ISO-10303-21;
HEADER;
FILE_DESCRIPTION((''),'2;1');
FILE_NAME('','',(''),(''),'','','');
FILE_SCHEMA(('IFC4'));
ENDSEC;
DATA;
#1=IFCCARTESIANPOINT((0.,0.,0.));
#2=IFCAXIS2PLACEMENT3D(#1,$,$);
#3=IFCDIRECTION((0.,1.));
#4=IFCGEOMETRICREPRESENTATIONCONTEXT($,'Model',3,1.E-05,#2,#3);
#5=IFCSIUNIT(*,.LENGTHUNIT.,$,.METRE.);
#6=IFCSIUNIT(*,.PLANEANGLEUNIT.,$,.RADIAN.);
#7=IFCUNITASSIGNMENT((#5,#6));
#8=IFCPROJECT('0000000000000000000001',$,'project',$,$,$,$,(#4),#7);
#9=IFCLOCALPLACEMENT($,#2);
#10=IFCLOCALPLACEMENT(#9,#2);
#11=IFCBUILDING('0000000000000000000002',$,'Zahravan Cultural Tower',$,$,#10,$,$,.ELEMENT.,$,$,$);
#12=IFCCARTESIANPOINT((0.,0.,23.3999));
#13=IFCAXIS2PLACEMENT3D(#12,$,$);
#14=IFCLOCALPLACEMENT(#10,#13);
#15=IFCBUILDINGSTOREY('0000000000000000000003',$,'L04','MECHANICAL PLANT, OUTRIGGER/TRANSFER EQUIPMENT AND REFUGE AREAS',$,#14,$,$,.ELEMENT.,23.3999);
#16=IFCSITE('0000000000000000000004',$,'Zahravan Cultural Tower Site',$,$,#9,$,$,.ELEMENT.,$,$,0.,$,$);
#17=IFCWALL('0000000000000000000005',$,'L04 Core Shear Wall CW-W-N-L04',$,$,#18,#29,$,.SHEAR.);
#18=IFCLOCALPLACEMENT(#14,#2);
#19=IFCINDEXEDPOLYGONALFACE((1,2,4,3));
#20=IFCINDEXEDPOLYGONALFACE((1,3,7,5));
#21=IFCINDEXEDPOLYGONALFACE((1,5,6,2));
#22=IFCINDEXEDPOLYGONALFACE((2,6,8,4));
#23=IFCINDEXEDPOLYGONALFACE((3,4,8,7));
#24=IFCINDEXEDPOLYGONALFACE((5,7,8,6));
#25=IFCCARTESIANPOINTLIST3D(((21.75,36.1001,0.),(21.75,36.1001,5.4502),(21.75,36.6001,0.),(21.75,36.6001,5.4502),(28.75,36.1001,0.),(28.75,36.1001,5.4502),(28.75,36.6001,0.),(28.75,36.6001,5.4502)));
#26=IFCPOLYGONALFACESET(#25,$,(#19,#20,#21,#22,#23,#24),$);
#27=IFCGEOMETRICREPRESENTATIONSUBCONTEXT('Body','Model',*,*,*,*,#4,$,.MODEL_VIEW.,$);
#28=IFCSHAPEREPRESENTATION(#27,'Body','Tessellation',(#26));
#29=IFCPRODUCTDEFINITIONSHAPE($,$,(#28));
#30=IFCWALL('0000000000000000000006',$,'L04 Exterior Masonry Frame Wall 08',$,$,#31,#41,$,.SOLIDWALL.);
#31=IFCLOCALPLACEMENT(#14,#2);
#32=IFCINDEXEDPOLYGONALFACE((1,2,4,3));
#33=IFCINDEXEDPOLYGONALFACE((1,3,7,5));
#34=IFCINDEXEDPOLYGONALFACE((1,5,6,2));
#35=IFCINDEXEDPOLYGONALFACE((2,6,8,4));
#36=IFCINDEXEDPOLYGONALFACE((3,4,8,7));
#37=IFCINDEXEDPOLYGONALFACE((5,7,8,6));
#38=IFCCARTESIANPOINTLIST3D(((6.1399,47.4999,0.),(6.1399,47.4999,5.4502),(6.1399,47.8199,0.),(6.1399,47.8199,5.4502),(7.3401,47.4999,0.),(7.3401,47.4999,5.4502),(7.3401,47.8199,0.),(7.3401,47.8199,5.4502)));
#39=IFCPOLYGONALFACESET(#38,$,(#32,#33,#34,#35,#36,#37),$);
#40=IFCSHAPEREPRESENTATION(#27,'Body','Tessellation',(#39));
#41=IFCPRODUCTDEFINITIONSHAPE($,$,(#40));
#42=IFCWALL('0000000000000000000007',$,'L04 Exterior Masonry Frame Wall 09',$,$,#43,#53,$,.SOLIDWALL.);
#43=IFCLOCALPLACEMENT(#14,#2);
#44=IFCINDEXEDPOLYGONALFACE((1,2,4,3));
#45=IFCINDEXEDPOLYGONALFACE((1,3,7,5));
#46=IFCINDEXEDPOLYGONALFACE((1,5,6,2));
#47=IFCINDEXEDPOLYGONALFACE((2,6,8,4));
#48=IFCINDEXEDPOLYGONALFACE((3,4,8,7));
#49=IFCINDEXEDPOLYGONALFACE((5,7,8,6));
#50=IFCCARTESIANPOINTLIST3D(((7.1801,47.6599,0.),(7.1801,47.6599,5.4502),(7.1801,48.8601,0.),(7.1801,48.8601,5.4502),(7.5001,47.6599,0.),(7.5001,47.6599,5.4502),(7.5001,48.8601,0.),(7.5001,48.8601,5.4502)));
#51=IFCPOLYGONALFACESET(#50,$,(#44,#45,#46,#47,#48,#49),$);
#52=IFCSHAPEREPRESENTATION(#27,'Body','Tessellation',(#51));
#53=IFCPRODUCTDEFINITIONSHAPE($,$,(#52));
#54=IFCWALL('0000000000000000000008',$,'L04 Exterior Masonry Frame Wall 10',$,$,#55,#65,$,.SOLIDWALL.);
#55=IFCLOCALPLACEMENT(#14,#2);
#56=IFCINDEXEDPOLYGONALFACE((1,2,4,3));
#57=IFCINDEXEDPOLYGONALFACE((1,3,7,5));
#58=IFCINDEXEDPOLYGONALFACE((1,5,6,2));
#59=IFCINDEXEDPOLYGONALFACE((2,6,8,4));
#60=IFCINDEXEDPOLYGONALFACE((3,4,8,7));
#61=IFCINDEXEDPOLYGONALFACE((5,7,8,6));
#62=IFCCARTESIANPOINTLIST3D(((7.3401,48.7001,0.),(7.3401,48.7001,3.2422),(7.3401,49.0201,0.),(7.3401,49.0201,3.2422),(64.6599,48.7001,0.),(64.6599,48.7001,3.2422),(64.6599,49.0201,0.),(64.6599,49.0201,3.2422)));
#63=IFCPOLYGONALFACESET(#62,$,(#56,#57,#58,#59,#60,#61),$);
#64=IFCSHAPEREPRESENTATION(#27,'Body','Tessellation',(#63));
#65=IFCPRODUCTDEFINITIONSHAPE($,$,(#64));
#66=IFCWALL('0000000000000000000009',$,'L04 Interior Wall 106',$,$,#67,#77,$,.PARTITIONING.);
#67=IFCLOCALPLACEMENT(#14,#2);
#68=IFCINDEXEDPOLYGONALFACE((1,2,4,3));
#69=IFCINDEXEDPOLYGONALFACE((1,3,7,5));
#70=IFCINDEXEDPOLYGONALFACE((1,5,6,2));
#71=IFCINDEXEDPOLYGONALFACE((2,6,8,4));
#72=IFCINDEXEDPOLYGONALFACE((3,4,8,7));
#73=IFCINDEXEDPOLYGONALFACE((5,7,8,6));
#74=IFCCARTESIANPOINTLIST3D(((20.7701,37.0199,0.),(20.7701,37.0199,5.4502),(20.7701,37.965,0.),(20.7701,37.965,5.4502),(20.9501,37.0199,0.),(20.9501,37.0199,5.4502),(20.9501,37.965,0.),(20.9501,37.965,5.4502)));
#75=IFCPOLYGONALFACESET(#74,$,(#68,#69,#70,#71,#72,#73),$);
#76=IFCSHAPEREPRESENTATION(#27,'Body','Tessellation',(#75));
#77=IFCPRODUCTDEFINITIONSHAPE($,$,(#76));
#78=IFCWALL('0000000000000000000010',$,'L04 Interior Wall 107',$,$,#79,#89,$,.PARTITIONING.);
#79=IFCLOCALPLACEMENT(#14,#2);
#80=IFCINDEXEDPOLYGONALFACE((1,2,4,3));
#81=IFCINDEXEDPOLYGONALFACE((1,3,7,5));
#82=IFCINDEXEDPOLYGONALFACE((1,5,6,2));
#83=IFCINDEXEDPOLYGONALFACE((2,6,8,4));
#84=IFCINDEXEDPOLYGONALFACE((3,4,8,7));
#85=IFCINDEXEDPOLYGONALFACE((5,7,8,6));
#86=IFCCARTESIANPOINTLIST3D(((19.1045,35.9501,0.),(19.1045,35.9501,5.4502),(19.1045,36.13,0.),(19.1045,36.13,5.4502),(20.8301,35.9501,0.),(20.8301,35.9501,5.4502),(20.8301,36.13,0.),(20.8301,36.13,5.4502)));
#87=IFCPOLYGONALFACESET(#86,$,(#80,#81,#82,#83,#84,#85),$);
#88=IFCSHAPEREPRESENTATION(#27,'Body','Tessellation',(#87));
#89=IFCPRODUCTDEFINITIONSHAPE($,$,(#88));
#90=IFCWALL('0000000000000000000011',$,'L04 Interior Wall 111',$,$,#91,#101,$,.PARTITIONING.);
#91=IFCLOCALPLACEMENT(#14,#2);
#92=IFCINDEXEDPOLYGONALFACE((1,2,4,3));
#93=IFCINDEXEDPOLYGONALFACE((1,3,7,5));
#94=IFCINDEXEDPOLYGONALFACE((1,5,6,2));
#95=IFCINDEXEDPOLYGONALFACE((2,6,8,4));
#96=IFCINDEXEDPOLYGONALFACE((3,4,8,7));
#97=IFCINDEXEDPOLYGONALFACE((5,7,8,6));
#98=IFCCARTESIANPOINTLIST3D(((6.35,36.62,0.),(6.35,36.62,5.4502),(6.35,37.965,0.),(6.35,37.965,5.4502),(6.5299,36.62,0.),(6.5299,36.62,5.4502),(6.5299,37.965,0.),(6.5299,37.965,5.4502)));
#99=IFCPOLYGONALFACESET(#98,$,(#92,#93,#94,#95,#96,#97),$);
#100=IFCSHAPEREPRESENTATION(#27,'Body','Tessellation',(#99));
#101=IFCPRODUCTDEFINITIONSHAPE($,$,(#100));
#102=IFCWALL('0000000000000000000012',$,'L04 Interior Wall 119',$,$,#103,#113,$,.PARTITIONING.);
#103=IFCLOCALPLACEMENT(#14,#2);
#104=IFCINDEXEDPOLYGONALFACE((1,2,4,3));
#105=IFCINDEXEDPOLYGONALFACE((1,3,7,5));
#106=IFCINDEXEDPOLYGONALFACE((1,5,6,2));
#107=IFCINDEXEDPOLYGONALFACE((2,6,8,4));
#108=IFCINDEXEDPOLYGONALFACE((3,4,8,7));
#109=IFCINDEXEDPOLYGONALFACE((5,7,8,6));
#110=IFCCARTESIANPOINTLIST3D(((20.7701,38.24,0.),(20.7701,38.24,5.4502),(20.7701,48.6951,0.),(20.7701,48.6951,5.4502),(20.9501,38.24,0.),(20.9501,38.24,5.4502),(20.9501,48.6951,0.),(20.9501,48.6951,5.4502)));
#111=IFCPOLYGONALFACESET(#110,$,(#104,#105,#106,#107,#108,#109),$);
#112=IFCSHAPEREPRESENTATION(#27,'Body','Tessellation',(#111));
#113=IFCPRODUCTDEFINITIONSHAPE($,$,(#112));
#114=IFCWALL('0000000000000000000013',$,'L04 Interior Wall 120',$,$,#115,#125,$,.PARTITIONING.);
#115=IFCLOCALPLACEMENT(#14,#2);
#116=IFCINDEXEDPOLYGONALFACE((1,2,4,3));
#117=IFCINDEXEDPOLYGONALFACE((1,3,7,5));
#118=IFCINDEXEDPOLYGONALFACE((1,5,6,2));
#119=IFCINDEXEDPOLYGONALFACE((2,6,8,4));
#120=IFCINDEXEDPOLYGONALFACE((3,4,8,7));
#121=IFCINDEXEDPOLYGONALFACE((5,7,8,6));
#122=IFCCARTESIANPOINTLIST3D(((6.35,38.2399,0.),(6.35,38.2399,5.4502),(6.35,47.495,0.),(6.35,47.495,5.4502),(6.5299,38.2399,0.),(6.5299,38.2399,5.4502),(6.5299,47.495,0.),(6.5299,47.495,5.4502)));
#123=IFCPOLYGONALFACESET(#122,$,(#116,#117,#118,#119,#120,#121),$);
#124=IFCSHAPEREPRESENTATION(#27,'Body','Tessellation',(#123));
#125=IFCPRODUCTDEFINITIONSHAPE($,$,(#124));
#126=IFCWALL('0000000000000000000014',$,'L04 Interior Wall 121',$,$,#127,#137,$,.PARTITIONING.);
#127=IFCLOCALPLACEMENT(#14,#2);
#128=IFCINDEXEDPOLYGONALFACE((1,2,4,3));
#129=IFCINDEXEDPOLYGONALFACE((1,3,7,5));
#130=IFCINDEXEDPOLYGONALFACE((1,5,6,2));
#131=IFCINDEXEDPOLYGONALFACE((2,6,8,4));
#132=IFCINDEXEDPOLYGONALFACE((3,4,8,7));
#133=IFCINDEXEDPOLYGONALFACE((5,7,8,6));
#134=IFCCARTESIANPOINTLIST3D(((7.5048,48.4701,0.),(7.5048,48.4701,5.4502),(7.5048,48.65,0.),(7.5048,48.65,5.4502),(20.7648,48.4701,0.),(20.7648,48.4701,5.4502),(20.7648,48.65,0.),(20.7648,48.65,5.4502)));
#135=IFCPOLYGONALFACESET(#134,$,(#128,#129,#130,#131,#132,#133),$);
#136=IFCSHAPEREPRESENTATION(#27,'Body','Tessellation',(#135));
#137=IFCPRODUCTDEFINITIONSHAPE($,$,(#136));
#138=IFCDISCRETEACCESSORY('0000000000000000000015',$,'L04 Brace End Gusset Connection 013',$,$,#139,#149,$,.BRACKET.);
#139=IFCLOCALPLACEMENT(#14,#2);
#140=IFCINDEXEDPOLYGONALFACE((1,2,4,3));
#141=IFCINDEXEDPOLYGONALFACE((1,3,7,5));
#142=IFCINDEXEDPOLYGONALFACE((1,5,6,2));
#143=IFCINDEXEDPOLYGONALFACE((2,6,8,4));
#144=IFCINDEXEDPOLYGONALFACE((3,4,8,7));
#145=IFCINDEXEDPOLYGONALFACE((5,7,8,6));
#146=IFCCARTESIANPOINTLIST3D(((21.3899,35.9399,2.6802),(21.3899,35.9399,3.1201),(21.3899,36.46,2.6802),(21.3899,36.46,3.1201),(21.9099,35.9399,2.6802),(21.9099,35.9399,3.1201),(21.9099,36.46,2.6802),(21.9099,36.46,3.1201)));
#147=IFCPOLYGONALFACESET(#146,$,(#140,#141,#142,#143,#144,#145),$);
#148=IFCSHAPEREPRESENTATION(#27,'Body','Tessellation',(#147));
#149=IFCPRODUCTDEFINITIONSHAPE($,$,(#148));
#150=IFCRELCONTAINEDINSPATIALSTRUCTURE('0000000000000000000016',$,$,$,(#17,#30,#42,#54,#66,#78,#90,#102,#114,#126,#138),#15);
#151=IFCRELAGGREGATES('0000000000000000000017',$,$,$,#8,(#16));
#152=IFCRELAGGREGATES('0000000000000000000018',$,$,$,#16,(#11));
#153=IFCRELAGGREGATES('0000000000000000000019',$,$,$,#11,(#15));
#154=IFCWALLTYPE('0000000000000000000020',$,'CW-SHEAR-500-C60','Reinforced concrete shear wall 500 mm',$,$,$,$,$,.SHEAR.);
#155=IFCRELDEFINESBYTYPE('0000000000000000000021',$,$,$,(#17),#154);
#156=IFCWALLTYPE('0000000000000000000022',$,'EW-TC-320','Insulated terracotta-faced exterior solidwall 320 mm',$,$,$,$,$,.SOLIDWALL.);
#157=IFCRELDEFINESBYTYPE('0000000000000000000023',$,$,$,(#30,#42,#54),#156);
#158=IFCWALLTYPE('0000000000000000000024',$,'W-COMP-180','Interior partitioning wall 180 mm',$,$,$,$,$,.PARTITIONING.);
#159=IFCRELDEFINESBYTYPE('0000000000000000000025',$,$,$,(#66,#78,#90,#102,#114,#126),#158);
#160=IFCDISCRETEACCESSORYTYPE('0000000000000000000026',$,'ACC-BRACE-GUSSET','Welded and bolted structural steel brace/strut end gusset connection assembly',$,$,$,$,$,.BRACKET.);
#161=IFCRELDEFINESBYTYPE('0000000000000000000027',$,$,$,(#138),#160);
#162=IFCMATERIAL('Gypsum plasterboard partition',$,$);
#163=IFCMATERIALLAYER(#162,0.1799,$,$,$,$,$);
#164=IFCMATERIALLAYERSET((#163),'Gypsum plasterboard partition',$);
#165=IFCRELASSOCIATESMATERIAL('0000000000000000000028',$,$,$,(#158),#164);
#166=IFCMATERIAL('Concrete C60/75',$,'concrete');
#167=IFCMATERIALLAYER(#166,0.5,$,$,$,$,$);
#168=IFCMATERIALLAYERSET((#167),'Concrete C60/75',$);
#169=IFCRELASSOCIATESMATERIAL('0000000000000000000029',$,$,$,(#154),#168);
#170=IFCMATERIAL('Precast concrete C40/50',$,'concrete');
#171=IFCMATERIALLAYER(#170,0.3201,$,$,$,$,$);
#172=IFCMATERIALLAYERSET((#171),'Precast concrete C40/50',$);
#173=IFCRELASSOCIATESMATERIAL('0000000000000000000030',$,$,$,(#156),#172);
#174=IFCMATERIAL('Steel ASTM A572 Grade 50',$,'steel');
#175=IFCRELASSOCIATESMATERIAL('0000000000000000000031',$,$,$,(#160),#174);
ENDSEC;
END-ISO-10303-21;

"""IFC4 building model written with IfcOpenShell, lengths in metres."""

from ifc_helpers import new_model, si_unit, direction, frame, frame_2d, origin, origin_2d, place, context, subcontext, project, spatial, rectangle, extrude, source, transform, mapped, material, layer, layer_set, type_object, element, save


model = new_model("IFC4")

# Units and contexts
model_context = context("Model", 3, precision=1e-05, world=origin(), true_north=direction((0.0, 1.0)))
body_context = subcontext(model_context, "Body", "Model", "MODEL_VIEW")
ifc_project = project(units=[si_unit("LENGTHUNIT", "METRE"), si_unit("PLANEANGLEUNIT", "RADIAN")], contexts=[model_context])

# Site, building, storey
site_placement = place(None, origin())
site = spatial("IfcSite", under=ifc_project, at=site_placement, Name="Zahravan Cultural Tower Site", CompositionType="ELEMENT", RefElevation=0.0)
building_placement = place(site_placement, origin())
building = spatial("IfcBuilding", under=site, at=building_placement, Name="Zahravan Cultural Tower", CompositionType="ELEMENT")
storey_placement = place(building_placement, frame((0.0, 0.0, 23.3999)))
storey = spatial("IfcBuildingStorey", under=building, at=storey_placement, Name="L04", Description="MECHANICAL PLANT, OUTRIGGER/TRANSFER EQUIPMENT AND REFUGE AREAS", CompositionType="ELEMENT", Elevation=23.3999)

# Shared definitions
ifc_material_1 = material(Name="Concrete C60/75", Category="concrete")
ifc_material_2 = material(Name="Steel ASTM A572 Grade 50", Category="steel")

# Shared definitions
ifc_material_3 = material(Name="Gypsum plasterboard partition")
ifc_layer_1 = layer(ifc_material_3, 0.1799)
ifc_layer_set_1 = layer_set([ifc_layer_1], Name="Gypsum plasterboard partition")
wall_type_1 = type_object("IfcWallType", Name="W-COMP-180", Description="Interior partitioning wall 180 mm", PredefinedType="PARTITIONING", material=ifc_layer_set_1)

# Walls
ifc_layer_2 = layer(ifc_material_1, 0.5)
ifc_layer_set_2 = layer_set([ifc_layer_2], Name="Concrete C60/75")
wall_type_2 = type_object("IfcWallType", Name="CW-SHEAR-500-C60", Description="Reinforced concrete shear wall 500 mm", PredefinedType="SHEAR", material=ifc_layer_set_2)
shared_shape_1 = source(origin(), body_context, "Body", "SweptSolid", [
    extrude(rectangle(XDim=7.0, YDim=0.5, at=frame_2d((3.5, 0.0))), origin(), (0.0, 0.0, 1.0), 5.4502),
])
wall_1_placement = place(storey_placement, frame((21.75, 36.3501, 0.0), z_axis=(0.0, 0.0, 1.0), x_axis=(1.0, 0.0, 0.0)))
element("IfcWall", 1, at=wall_1_placement, inside=storey, type_object=wall_type_2, Name="L04 Core Shear Wall CW-W-N-L04", PredefinedType="SHEAR", context=body_context, shape_type="MappedRepresentation", body=[
    mapped(shared_shape_1, transform((0.0, 0.0, 0.0), x_axis=(1.0, 0.0, 0.0), y_axis=(0.0, 1.0, 0.0), z_axis=(0.0, 0.0, 1.0), scale=1.0)),
])
ifc_material_4 = material(Name="Precast concrete C40/50", Category="concrete")
ifc_layer_3 = layer(ifc_material_4, 0.3201)
ifc_layer_set_3 = layer_set([ifc_layer_3], Name="Precast concrete C40/50")
wall_type_3 = type_object("IfcWallType", Name="EW-TC-320", Description="Insulated terracotta-faced exterior solidwall 320 mm", PredefinedType="SOLIDWALL", material=ifc_layer_set_3)
shared_shape_2 = source(origin(), body_context, "Body", "SweptSolid", [
    extrude(rectangle(XDim=1.2002, YDim=0.3201, at=frame_2d((0.6001, 0.0))), origin(), (0.0, 0.0, 1.0), 5.4502),
])
for number, where, z_axis, x_axis, name in (
    (2, (6.1399, 47.6599, 0.0), (0.0, 0.0, 1.0), (1.0, 0.0, 0.0), "L04 Exterior Masonry Frame Wall 08"),
    (3, (7.3401, 47.6599, 0.0), (0.0, 0.0, 1.0), (0.0, 1.0, 0.0), "L04 Exterior Masonry Frame Wall 09"),
):
    element("IfcWall", number, at=place(storey_placement, frame(where, z_axis=z_axis, x_axis=x_axis)), inside=storey, type_object=wall_type_3, Name=name, PredefinedType="SOLIDWALL", context=body_context, shape_type="MappedRepresentation", body=[
        mapped(shared_shape_2, transform((0.0, 0.0, 0.0), x_axis=(1.0, 0.0, 0.0), y_axis=(0.0, 1.0, 0.0), z_axis=(0.0, 0.0, 1.0), scale=1.0)),
    ])
shared_shape_3 = source(origin(), body_context, "Body", "SweptSolid", [
    extrude(rectangle(XDim=57.3198, YDim=0.3201, at=frame_2d((28.6599, 0.0))), origin(), (0.0, 0.0, 1.0), 3.2422),
])
wall_2_placement = place(storey_placement, frame((7.3401, 48.8601, 0.0), z_axis=(0.0, 0.0, 1.0), x_axis=(1.0, 0.0, 0.0)))
element("IfcWall", 4, at=wall_2_placement, inside=storey, type_object=wall_type_3, Name="L04 Exterior Masonry Frame Wall 10", PredefinedType="SOLIDWALL", context=body_context, shape_type="MappedRepresentation", body=[
    mapped(shared_shape_3, transform((0.0, 0.0, 0.0), x_axis=(1.0, 0.0, 0.0), y_axis=(0.0, 1.0, 0.0), z_axis=(0.0, 0.0, 1.0), scale=1.0)),
])
shared_shape_4 = source(origin(), body_context, "Body", "SweptSolid", [
    extrude(rectangle(XDim=0.9451, YDim=0.1799, at=frame_2d((0.4727, 0.0))), origin(), (0.0, 0.0, 1.0), 5.4502),
])
wall_3_placement = place(storey_placement, frame((20.8601, 37.9651, 0.0), z_axis=(0.0, 0.0, 1.0), x_axis=(0.0, -1.0, 0.0)))
element("IfcWall", 5, at=wall_3_placement, inside=storey, type_object=wall_type_1, Name="L04 Interior Wall 106", PredefinedType="PARTITIONING", context=body_context, shape_type="MappedRepresentation", body=[
    mapped(shared_shape_4, transform((0.0, 0.0, 0.0), x_axis=(1.0, 0.0, 0.0), y_axis=(0.0, 1.0, 0.0), z_axis=(0.0, 0.0, 1.0), scale=1.0)),
])
shared_shape_5 = source(origin(), body_context, "Body", "SweptSolid", [
    extrude(rectangle(XDim=1.7256, YDim=0.1799, at=frame_2d((0.8628, 0.0))), origin(), (0.0, 0.0, 1.0), 5.4502),
])
wall_4_placement = place(storey_placement, frame((20.8301, 36.04, 0.0), z_axis=(0.0, 0.0, 1.0), x_axis=(-1.0, 0.0, 0.0)))
element("IfcWall", 6, at=wall_4_placement, inside=storey, type_object=wall_type_1, Name="L04 Interior Wall 107", PredefinedType="PARTITIONING", context=body_context, shape_type="MappedRepresentation", body=[
    mapped(shared_shape_5, transform((0.0, 0.0, 0.0), x_axis=(1.0, 0.0, 0.0), y_axis=(0.0, 1.0, 0.0), z_axis=(0.0, 0.0, 1.0), scale=1.0)),
])
shared_shape_6 = source(origin(), body_context, "Body", "SweptSolid", [
    extrude(rectangle(XDim=1.345, YDim=0.1799, at=frame_2d((0.6724, 0.0))), origin(), (0.0, 0.0, 1.0), 5.4502),
])
wall_5_placement = place(storey_placement, frame((6.4399, 36.6201, 0.0), z_axis=(0.0, 0.0, 1.0), x_axis=(0.0, 1.0, 0.0)))
element("IfcWall", 7, at=wall_5_placement, inside=storey, type_object=wall_type_1, Name="L04 Interior Wall 111", PredefinedType="PARTITIONING", context=body_context, shape_type="MappedRepresentation", body=[
    mapped(shared_shape_6, transform((0.0, 0.0, 0.0), x_axis=(1.0, 0.0, 0.0), y_axis=(0.0, 1.0, 0.0), z_axis=(0.0, 0.0, 1.0), scale=1.0)),
])
shared_shape_7 = source(origin(), body_context, "Body", "SweptSolid", [
    extrude(rectangle(XDim=10.4551, YDim=0.1799, at=frame_2d((5.2275, 0.0))), origin(), (0.0, 0.0, 1.0), 5.4502),
])
wall_6_placement = place(storey_placement, frame((20.8601, 48.6951, 0.0), z_axis=(0.0, 0.0, 1.0), x_axis=(0.0, -1.0, 0.0)))
element("IfcWall", 8, at=wall_6_placement, inside=storey, type_object=wall_type_1, Name="L04 Interior Wall 119", PredefinedType="PARTITIONING", context=body_context, shape_type="MappedRepresentation", body=[
    mapped(shared_shape_7, transform((0.0, 0.0, 0.0), x_axis=(1.0, 0.0, 0.0), y_axis=(0.0, 1.0, 0.0), z_axis=(0.0, 0.0, 1.0), scale=1.0)),
])
shared_shape_8 = source(origin(), body_context, "Body", "SweptSolid", [
    extrude(rectangle(XDim=9.2551, YDim=0.1799, at=frame_2d((4.6274, 0.0))), origin(), (0.0, 0.0, 1.0), 5.4502),
])
wall_7_placement = place(storey_placement, frame((6.4399, 38.24, 0.0), z_axis=(0.0, 0.0, 1.0), x_axis=(0.0, 1.0, 0.0)))
element("IfcWall", 9, at=wall_7_placement, inside=storey, type_object=wall_type_1, Name="L04 Interior Wall 120", PredefinedType="PARTITIONING", context=body_context, shape_type="MappedRepresentation", body=[
    mapped(shared_shape_8, transform((0.0, 0.0, 0.0), x_axis=(1.0, 0.0, 0.0), y_axis=(0.0, 1.0, 0.0), z_axis=(0.0, 0.0, 1.0), scale=1.0)),
])
shared_shape_9 = source(origin(), body_context, "Body", "SweptSolid", [
    extrude(rectangle(XDim=13.26, YDim=0.1799, at=frame_2d((6.6299, 0.0))), origin(), (0.0, 0.0, 1.0), 5.4502),
])
wall_8_placement = place(storey_placement, frame((7.5049, 48.5601, 0.0), z_axis=(0.0, 0.0, 1.0), x_axis=(1.0, 0.0, 0.0)))
element("IfcWall", 10, at=wall_8_placement, inside=storey, type_object=wall_type_1, Name="L04 Interior Wall 121", PredefinedType="PARTITIONING", context=body_context, shape_type="MappedRepresentation", body=[
    mapped(shared_shape_9, transform((0.0, 0.0, 0.0), x_axis=(1.0, 0.0, 0.0), y_axis=(0.0, 1.0, 0.0), z_axis=(0.0, 0.0, 1.0), scale=1.0)),
])

# Discrete accessory
discrete_accessory_type = type_object("IfcDiscreteAccessoryType", Name="ACC-BRACE-GUSSET", Description="Welded and bolted structural steel brace/strut end gusset connection assembly", PredefinedType="BRACKET", material=ifc_material_2)
shared_shape_10 = source(origin(), body_context, "Body", "SweptSolid", [
    extrude(rectangle(XDim=0.52, YDim=0.52, at=origin_2d()), origin(), (0.0, 0.0, 1.0), 0.4399),
])
discrete_accessory_placement = place(storey_placement, frame((21.6499, 36.2, 2.6802), z_axis=(0.0, 0.0, 1.0), x_axis=(1.0, 0.0, 0.0)))
element("IfcDiscreteAccessory", 11, at=discrete_accessory_placement, inside=storey, type_object=discrete_accessory_type, Name="L04 Brace End Gusset Connection 013", PredefinedType="BRACKET", context=body_context, shape_type="MappedRepresentation", body=[
    mapped(shared_shape_10, transform((0.0, 0.0, 0.0), x_axis=(1.0, 0.0, 0.0), y_axis=(0.0, 1.0, 0.0), z_axis=(0.0, 0.0, 1.0), scale=1.0)),
])

save(model, "model.ifc")
